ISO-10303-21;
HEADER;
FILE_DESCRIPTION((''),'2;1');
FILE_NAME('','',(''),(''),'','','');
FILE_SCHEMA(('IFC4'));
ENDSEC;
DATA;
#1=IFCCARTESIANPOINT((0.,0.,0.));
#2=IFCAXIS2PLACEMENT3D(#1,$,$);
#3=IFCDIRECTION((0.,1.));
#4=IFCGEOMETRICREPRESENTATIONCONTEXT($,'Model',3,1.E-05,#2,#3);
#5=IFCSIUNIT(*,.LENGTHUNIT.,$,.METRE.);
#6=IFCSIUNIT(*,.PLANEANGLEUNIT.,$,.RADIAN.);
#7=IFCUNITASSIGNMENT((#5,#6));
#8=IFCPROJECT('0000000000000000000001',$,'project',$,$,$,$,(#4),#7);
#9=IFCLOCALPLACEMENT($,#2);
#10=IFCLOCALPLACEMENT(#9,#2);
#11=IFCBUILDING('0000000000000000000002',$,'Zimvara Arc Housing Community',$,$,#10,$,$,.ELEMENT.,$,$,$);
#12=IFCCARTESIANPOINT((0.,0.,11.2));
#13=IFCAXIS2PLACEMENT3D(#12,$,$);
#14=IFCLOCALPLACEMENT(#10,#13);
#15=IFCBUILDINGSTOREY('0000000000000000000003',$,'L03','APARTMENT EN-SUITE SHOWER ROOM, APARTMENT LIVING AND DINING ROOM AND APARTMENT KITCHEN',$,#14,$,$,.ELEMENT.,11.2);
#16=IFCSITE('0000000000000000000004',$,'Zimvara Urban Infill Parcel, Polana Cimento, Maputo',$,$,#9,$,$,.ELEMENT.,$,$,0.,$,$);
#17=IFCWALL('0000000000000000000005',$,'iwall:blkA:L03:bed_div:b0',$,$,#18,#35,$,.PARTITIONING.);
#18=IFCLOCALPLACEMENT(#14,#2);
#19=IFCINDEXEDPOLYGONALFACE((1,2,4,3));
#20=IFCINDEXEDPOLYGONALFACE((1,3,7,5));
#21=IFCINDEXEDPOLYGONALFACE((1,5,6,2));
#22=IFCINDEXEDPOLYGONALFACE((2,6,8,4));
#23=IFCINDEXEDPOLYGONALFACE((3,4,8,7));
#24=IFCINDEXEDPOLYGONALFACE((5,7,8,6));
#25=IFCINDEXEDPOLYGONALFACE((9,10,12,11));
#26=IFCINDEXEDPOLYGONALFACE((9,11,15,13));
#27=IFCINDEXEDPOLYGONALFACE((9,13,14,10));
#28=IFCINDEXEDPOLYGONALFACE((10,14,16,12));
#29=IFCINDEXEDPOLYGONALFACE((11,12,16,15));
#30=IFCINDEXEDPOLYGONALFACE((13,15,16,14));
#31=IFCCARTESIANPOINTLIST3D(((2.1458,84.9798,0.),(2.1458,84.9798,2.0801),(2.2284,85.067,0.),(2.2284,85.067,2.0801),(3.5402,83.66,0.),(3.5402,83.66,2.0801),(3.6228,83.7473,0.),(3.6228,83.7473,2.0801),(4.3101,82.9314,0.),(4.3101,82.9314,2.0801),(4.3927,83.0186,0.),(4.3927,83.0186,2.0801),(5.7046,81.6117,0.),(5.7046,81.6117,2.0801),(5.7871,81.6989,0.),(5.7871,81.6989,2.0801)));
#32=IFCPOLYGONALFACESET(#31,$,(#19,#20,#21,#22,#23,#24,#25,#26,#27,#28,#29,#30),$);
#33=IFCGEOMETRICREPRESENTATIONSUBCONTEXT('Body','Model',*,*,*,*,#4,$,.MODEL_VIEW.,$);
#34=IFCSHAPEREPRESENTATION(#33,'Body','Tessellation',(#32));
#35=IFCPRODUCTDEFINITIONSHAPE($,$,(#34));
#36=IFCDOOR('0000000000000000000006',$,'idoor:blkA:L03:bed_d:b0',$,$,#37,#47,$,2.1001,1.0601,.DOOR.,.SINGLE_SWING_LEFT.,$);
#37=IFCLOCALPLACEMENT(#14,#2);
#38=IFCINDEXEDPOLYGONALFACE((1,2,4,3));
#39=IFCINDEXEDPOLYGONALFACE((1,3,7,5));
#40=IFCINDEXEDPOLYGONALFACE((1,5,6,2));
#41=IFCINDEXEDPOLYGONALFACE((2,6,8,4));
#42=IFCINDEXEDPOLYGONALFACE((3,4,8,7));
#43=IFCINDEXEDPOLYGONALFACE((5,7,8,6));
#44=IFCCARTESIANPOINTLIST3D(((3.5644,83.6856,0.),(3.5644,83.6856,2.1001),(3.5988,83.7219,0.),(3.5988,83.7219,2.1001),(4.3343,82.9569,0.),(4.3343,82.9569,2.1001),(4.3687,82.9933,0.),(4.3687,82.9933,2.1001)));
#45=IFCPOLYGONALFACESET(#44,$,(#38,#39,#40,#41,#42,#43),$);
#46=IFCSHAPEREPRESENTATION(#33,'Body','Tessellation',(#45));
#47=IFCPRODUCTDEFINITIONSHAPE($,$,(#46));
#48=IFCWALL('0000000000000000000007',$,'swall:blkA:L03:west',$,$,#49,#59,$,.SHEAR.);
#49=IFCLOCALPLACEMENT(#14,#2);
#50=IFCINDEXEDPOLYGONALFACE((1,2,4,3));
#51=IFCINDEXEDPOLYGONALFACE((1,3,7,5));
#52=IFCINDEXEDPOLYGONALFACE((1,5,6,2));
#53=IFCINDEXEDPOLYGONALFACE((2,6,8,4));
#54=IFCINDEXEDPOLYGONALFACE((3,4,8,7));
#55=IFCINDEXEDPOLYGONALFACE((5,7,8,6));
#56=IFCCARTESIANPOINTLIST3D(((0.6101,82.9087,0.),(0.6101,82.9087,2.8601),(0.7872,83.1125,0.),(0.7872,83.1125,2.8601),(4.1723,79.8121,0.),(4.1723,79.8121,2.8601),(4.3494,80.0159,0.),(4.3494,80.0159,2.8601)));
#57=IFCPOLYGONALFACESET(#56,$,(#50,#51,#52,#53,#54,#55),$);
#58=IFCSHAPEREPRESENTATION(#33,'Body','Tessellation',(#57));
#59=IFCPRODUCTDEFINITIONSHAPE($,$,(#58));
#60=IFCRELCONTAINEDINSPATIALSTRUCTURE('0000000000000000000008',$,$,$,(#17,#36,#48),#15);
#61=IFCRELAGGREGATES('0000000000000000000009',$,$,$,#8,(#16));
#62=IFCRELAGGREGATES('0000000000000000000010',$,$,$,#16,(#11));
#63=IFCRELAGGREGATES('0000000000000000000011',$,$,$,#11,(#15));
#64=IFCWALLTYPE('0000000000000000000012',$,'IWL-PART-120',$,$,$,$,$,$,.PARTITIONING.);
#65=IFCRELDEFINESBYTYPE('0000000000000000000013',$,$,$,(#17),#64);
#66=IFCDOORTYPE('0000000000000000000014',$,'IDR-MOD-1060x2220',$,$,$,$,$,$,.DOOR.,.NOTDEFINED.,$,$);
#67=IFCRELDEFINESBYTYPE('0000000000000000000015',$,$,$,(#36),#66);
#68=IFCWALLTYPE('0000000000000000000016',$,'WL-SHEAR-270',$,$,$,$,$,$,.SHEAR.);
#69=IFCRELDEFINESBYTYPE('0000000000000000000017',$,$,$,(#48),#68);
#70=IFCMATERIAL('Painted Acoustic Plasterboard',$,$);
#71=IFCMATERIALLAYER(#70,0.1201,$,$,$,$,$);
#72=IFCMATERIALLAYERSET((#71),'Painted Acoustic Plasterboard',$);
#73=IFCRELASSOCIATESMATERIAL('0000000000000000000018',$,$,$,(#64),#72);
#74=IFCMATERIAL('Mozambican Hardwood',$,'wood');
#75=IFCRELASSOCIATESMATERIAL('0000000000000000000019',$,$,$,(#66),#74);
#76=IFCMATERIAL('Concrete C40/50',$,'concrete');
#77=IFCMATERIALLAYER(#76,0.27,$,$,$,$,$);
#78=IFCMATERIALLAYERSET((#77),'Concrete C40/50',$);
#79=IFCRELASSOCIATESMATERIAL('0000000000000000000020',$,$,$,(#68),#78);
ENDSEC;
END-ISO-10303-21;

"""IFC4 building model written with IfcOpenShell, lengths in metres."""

from ifc_helpers import new_model, si_unit, direction, frame, frame_2d, origin, place, context, subcontext, project, spatial, rectangle, extrude, material, layer, layer_set, type_object, element, fill, save


model = new_model("IFC4")

# Units and contexts
model_context = context("Model", 3, precision=1e-05, world=origin(), true_north=direction((0.0, 1.0)))
body_context = subcontext(model_context, "Body", "Model", "MODEL_VIEW")
ifc_project = project(units=[si_unit("LENGTHUNIT", "METRE"), si_unit("PLANEANGLEUNIT", "RADIAN")], contexts=[model_context])

# Site, building, storey
site_placement = place(None, origin())
site = spatial("IfcSite", under=ifc_project, at=site_placement, Name="Zimvara Urban Infill Parcel, Polana Cimento, Maputo", CompositionType="ELEMENT", RefElevation=0.0)
building_placement = place(site_placement, origin())
building = spatial("IfcBuilding", under=site, at=building_placement, Name="Zimvara Arc Housing Community", CompositionType="ELEMENT")
storey_placement = place(building_placement, frame((0.0, 0.0, 11.2)))
storey = spatial("IfcBuildingStorey", under=building, at=storey_placement, Name="L03", Description="APARTMENT EN-SUITE SHOWER ROOM, APARTMENT LIVING AND DINING ROOM AND APARTMENT KITCHEN", CompositionType="ELEMENT", Elevation=11.2)

# Wall, opening, door
ifc_material_1 = material(Name="Painted Acoustic Plasterboard")
ifc_layer_1 = layer(ifc_material_1, 0.1201)
ifc_layer_set_1 = layer_set([ifc_layer_1], Name="Painted Acoustic Plasterboard")
wall_type_1 = type_object("IfcWallType", Name="IWL-PART-120", PredefinedType="PARTITIONING", material=ifc_layer_set_1)
wall_1_placement = place(storey_placement, frame((5.7458, 81.6553, 0.0), z_axis=(0.0, 0.0, 1.0), x_axis=(-0.726296, 0.687382, 0.0)))
wall_1 = element("IfcWall", 1, at=wall_1_placement, inside=storey, type_object=wall_type_1, Name="iwall:blkA:L03:bed_div:b0", PredefinedType="PARTITIONING", context=body_context, shape_type="SweptSolid", body=[
    extrude(rectangle(XDim=4.8999, YDim=0.1201, at=frame_2d((2.45, 0.0))), origin(), (0.0, 0.0, 1.0), 2.0801),
])
opening_1_placement = place(wall_1_placement, frame((1.9199, 0.0, 0.0)))
opening_1 = element("IfcOpeningElement", 2, at=opening_1_placement, cuts=wall_1, PredefinedType="OPENING", context=body_context, shape_type="SweptSolid", body=[
    extrude(rectangle(XDim=1.0601, YDim=2.1001, at=frame_2d((0.53, 1.05))), frame((0.0, 0.0701, 0.0), z_axis=(0.0, -1.0, 0.0), x_axis=(1.0, 0.0, 0.0)), (0.0, 0.0, 1.0), 0.1401),
])
ifc_material_2 = material(Name="Mozambican Hardwood", Category="wood")
door_type_1 = type_object("IfcDoorType", Name="IDR-MOD-1060x2220", OperationType="NOTDEFINED", PredefinedType="DOOR", material=ifc_material_2)
door_1_placement = place(opening_1_placement, origin())
door_1 = element("IfcDoor", 3, at=door_1_placement, inside=storey, type_object=door_type_1, Name="idoor:blkA:L03:bed_d:b0", OperationType="SINGLE_SWING_LEFT", OverallHeight=2.1001, OverallWidth=1.0601, PredefinedType="DOOR", context=body_context, shape_type="SweptSolid", body=[
    extrude(rectangle(XDim=1.0601, YDim=2.1001, at=frame_2d((0.53, 1.05))), frame((0.0, 0.0249, 0.0), z_axis=(0.0, -1.0, 0.0), x_axis=(1.0, 0.0, 0.0)), (0.0, 0.0, 1.0), 0.05),
])
fill(opening_1, door_1)

# Wall
ifc_material_3 = material(Name="Concrete C40/50", Category="concrete")
ifc_layer_2 = layer(ifc_material_3, 0.27)
ifc_layer_set_2 = layer_set([ifc_layer_2], Name="Concrete C40/50")
wall_type_2 = type_object("IfcWallType", Name="WL-SHEAR-270", PredefinedType="SHEAR", material=ifc_layer_set_2)
wall_2_placement = place(storey_placement, frame((4.2607, 79.9141, 0.0), z_axis=(0.0, 0.0, 1.0), x_axis=(-0.754704, 0.656066, 0.0)))
element("IfcWall", 4, at=wall_2_placement, inside=storey, type_object=wall_type_2, Name="swall:blkA:L03:west", PredefinedType="SHEAR", context=body_context, shape_type="SweptSolid", body=[
    extrude(rectangle(XDim=4.72, YDim=0.27, at=frame_2d((2.3599, 0.0))), origin(), (0.0, 0.0, 1.0), 2.8601),
])

save(model, "model.ifc")
